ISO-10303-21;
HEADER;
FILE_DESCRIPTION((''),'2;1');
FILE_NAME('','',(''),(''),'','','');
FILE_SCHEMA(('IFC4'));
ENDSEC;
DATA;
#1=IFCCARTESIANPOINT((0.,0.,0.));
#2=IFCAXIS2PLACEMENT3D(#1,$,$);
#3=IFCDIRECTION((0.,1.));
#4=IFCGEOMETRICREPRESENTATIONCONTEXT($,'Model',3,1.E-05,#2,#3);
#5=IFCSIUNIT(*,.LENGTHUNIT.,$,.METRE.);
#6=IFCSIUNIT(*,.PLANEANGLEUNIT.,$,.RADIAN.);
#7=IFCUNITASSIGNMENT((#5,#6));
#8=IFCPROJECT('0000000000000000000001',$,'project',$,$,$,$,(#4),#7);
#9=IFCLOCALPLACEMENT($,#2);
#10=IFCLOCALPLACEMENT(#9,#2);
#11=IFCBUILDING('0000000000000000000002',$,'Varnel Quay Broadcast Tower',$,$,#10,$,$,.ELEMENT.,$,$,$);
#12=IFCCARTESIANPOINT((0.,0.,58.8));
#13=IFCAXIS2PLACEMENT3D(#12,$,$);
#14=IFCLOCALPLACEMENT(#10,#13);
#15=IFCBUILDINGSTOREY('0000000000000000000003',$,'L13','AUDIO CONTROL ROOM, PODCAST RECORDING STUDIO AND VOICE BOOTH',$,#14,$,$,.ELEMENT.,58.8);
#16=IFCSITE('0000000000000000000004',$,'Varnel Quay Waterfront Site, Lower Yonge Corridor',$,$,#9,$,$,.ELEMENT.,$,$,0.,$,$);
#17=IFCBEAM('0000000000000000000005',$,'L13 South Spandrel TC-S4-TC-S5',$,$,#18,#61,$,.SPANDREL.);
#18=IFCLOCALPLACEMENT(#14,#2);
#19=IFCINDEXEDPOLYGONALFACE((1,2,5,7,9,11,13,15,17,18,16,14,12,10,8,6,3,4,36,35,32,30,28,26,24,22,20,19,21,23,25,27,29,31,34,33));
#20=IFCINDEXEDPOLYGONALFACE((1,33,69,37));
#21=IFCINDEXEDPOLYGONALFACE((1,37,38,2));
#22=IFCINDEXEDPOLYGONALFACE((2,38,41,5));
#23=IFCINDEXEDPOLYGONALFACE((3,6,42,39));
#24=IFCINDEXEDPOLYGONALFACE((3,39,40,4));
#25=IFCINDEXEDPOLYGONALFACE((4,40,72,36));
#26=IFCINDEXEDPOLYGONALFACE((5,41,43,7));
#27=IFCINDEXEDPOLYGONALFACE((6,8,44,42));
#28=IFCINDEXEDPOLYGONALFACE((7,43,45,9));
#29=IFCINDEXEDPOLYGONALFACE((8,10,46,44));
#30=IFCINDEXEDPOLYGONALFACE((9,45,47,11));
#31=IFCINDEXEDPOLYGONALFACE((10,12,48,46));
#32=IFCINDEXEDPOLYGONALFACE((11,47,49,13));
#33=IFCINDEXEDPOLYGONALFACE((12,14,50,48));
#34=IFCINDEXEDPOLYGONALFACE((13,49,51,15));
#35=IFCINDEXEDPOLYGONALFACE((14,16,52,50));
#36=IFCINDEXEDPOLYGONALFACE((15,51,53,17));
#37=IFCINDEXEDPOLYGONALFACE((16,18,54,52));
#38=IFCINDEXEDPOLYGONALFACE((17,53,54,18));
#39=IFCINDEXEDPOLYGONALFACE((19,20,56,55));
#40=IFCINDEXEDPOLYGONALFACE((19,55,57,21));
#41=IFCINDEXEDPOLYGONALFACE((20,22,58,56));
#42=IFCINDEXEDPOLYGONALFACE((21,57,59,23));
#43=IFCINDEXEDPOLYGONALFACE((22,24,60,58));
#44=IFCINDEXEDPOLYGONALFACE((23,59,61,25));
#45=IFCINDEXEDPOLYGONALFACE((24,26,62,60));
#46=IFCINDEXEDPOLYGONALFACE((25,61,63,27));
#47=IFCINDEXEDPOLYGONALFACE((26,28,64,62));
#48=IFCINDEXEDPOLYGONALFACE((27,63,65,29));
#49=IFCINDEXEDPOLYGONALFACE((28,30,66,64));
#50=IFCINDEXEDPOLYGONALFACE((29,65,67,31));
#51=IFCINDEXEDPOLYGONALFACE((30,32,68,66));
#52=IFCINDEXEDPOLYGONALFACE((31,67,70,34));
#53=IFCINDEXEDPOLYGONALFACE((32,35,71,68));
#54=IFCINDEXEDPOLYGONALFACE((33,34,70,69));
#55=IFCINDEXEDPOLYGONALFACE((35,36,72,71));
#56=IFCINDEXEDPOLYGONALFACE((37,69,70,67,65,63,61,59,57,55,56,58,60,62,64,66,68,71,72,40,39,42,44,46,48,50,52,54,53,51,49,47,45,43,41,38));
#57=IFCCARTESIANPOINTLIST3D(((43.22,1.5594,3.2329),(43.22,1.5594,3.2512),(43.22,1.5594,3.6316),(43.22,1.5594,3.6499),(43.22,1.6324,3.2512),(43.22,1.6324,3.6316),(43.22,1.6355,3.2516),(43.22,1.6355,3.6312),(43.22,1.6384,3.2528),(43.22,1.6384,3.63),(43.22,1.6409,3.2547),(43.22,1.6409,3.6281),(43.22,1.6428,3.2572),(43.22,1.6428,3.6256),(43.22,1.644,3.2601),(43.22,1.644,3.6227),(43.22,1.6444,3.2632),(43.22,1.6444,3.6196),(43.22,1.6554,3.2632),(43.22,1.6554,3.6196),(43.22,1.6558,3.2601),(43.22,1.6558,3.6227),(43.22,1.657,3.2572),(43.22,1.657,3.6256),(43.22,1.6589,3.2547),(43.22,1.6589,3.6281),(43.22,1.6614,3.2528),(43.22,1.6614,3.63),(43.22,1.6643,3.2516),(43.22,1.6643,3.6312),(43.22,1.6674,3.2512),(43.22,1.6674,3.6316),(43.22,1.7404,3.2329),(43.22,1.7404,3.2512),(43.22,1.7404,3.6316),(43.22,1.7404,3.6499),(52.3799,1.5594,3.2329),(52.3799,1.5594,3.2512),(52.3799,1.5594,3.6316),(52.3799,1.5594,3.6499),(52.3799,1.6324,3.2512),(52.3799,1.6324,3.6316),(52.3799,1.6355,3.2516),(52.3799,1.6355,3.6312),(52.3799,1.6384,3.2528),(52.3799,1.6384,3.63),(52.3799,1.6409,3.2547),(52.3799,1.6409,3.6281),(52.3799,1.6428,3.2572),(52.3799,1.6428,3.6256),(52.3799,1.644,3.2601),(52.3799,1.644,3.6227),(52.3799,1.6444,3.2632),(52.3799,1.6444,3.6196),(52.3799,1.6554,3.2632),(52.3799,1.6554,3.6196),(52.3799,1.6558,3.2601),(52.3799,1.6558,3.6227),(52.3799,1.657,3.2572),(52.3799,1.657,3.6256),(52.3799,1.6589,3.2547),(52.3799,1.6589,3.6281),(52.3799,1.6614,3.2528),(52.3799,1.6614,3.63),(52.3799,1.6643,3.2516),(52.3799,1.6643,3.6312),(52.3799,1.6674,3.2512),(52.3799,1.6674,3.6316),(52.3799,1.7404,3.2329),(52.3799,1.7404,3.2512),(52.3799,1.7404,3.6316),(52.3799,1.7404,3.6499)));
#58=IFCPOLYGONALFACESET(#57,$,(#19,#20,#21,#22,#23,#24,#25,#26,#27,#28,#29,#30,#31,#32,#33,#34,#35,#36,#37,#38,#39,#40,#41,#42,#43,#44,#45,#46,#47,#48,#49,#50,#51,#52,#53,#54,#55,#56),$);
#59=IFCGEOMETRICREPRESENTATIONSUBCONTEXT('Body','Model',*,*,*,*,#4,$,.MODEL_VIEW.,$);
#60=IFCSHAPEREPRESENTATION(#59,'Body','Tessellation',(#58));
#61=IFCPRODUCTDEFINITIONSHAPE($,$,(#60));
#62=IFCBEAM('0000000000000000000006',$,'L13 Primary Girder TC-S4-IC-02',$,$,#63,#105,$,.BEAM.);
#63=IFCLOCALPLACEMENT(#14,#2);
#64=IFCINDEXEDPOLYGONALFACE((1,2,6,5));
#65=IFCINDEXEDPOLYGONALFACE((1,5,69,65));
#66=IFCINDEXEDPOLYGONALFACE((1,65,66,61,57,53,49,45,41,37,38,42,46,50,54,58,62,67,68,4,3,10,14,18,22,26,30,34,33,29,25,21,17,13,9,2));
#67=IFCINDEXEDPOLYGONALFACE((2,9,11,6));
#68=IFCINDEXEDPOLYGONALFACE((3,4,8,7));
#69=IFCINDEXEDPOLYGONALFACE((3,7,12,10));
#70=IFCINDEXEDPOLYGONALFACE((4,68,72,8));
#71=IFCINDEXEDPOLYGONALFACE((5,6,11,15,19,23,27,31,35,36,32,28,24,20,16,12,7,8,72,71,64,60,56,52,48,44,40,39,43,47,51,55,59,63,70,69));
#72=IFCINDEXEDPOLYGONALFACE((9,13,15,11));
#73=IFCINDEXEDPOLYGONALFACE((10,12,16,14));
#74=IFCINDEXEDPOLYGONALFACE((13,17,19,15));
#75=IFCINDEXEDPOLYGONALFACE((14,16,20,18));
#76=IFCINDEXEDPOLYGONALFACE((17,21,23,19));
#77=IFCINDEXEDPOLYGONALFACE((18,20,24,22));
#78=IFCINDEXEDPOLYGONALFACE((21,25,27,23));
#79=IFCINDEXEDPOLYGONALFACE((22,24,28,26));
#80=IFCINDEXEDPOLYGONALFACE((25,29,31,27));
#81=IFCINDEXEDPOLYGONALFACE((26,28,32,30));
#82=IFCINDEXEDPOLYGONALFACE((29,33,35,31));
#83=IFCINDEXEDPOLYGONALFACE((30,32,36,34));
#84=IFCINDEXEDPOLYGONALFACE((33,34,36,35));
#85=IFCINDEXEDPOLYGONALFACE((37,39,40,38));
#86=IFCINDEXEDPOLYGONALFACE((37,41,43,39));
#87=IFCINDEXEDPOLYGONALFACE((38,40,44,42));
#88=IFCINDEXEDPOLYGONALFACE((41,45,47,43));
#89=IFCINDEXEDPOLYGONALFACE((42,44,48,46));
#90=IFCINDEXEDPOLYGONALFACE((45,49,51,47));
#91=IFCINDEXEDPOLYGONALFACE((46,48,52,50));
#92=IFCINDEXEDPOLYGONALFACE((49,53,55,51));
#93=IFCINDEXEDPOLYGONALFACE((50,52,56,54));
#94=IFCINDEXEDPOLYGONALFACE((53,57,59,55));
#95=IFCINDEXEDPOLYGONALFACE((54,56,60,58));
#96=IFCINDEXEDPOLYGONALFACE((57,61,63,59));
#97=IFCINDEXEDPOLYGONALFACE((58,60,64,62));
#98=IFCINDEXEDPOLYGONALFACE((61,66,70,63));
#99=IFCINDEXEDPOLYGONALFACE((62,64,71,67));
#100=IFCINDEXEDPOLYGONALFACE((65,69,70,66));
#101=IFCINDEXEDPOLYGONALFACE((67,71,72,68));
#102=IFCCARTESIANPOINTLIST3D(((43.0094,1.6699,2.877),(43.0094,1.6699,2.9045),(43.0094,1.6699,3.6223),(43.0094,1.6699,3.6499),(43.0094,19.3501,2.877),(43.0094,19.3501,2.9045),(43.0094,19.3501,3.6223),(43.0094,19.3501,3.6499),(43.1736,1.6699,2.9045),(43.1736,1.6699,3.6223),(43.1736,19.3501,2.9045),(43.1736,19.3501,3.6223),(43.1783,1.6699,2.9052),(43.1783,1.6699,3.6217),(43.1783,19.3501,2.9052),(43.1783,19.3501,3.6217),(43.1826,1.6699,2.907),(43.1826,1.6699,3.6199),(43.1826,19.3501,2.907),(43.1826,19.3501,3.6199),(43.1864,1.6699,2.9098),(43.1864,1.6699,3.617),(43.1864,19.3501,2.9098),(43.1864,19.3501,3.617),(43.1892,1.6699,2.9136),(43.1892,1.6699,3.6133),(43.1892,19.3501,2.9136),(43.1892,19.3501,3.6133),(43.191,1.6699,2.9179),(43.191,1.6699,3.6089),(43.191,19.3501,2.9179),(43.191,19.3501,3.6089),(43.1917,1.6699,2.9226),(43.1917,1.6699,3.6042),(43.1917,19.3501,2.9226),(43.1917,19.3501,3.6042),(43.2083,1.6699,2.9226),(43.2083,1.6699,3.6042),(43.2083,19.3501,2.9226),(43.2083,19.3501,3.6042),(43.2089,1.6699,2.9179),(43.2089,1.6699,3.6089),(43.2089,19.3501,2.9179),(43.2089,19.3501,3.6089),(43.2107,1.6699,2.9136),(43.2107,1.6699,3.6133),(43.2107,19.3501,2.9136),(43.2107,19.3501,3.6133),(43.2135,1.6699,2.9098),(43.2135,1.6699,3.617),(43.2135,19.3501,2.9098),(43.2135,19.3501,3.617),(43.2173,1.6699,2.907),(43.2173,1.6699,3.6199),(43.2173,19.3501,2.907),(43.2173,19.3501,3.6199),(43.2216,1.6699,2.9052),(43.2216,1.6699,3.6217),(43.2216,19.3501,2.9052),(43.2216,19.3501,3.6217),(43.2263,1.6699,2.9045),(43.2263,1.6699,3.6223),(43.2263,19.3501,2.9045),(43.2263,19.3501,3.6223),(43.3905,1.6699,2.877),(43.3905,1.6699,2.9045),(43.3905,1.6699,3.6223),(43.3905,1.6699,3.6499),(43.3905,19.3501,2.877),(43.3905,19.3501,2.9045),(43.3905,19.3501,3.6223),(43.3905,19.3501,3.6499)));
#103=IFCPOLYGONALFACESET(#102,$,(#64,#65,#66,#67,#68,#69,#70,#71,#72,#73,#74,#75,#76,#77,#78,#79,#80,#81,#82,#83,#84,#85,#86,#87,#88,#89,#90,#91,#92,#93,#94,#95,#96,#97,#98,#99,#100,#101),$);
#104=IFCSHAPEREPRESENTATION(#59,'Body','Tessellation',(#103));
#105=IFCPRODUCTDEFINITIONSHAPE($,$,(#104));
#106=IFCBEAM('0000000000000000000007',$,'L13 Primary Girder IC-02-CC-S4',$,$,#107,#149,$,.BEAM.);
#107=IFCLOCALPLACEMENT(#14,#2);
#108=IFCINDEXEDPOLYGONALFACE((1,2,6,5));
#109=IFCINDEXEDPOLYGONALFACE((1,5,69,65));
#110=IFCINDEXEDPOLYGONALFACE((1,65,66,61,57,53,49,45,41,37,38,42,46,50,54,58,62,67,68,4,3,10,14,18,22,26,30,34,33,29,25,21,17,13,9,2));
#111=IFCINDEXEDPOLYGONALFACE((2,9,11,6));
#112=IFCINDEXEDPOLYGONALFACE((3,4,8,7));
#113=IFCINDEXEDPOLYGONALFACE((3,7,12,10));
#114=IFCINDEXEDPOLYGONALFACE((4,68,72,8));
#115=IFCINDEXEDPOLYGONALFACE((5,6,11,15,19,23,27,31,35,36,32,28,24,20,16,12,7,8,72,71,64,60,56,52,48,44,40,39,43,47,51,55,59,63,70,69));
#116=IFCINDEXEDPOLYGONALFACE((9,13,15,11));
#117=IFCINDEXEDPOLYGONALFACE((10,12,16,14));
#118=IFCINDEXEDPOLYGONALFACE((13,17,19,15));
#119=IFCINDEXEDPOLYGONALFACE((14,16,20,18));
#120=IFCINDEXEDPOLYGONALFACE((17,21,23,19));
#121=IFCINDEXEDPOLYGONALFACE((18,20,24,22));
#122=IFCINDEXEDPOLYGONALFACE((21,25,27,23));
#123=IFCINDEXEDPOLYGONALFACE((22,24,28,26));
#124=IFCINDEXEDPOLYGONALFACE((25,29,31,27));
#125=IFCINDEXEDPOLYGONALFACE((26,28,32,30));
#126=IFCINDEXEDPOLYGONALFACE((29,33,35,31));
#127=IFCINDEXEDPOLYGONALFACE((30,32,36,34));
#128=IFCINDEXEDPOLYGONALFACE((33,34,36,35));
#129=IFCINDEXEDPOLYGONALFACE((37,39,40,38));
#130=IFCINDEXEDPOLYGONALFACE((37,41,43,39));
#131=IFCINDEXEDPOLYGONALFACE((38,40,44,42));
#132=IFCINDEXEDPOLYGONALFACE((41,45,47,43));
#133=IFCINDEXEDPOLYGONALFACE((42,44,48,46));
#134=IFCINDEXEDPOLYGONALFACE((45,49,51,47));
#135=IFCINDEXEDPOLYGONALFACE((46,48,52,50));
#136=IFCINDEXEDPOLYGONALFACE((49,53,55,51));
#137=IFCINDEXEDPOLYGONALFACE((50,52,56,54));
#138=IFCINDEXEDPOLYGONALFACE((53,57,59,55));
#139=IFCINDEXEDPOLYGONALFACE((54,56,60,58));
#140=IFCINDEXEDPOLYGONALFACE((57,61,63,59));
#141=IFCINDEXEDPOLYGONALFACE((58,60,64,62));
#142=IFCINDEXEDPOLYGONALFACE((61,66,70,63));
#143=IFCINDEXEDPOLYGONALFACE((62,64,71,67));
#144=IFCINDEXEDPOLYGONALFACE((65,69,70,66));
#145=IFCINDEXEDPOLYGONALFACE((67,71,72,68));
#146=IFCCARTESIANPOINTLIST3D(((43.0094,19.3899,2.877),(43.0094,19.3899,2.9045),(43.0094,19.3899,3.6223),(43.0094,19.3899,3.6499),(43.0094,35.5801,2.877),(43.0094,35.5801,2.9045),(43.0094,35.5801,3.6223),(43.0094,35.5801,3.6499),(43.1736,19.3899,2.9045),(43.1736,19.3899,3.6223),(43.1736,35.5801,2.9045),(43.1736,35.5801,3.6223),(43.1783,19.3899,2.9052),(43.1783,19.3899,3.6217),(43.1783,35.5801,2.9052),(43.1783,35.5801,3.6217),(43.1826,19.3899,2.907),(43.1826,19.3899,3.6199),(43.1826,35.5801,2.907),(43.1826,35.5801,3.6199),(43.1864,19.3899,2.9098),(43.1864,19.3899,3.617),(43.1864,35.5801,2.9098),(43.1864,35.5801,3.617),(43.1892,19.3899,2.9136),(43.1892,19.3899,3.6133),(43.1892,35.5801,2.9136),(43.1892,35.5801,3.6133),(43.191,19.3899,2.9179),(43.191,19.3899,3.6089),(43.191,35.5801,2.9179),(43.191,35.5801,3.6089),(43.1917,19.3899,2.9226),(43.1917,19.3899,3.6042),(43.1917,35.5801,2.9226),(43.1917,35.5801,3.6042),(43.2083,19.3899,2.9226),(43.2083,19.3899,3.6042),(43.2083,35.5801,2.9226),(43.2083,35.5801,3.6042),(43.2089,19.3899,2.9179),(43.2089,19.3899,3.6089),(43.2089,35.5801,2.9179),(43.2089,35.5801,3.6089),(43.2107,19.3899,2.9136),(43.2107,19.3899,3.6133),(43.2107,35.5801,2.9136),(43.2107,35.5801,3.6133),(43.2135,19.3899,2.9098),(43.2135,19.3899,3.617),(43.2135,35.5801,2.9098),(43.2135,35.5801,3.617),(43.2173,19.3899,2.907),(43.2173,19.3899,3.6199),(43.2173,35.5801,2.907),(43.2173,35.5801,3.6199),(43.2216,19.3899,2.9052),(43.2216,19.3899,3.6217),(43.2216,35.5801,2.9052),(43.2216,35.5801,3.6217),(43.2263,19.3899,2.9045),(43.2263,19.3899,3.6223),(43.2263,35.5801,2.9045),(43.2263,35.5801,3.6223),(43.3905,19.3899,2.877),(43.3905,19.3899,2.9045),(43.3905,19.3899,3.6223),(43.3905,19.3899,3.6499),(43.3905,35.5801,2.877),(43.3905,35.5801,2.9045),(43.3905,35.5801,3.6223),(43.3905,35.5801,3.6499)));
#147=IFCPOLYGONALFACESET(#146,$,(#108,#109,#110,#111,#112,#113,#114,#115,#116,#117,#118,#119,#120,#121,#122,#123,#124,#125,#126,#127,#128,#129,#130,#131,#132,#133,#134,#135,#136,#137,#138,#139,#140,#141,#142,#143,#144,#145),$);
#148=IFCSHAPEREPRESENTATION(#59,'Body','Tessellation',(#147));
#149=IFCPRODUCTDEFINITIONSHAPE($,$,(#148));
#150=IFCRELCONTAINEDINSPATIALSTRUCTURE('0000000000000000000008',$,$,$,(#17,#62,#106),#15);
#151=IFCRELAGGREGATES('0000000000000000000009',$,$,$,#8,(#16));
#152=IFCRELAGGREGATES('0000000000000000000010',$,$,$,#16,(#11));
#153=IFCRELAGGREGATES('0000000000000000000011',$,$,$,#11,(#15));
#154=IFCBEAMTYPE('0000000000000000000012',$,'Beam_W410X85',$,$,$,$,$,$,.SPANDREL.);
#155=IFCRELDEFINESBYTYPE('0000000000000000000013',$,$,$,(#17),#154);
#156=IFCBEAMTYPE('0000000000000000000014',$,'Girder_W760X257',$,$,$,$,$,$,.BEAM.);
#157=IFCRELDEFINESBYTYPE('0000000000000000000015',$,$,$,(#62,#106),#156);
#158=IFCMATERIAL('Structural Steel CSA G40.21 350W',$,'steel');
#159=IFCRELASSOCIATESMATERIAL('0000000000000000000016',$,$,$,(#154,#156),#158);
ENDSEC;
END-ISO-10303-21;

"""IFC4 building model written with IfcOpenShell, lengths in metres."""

from ifc_helpers import new_model, si_unit, direction, frame, origin, origin_2d, place, context, subcontext, project, spatial, i_section, extrude, source, transform, mapped, material, material_profile, profile_set, type_object, type_shapes, element, save


model = new_model("IFC4")

# Units and contexts
model_context = context("Model", 3, precision=1e-05, world=origin(), true_north=direction((0.0, 1.0)))
body_context = subcontext(model_context, "Body", "Model", "MODEL_VIEW")
ifc_project = project(units=[si_unit("LENGTHUNIT", "METRE"), si_unit("PLANEANGLEUNIT", "RADIAN")], contexts=[model_context])

# Site, building, storey
site_placement = place(None, origin())
site = spatial("IfcSite", under=ifc_project, at=site_placement, Name="Varnel Quay Waterfront Site, Lower Yonge Corridor", CompositionType="ELEMENT", RefElevation=0.0)
building_placement = place(site_placement, origin())
building = spatial("IfcBuilding", under=site, at=building_placement, Name="Varnel Quay Broadcast Tower", CompositionType="ELEMENT")
storey_placement = place(building_placement, frame((0.0, 0.0, 58.8)))
storey = spatial("IfcBuildingStorey", under=building, at=storey_placement, Name="L13", Description="AUDIO CONTROL ROOM, PODCAST RECORDING STUDIO AND VOICE BOOTH", CompositionType="ELEMENT", Elevation=58.8)

# Shared definitions
ifc_material_1 = material(Name="Structural Steel CSA G40.21 350W", Category="steel")

# Beams
ifc_material_profile_1 = material_profile(ifc_material_1, i_section(OverallWidth=0.1809, OverallDepth=0.417, WebThickness=0.011, FlangeThickness=0.0183, FilletRadius=0.012, at=origin_2d()), Name="W410X85")
ifc_profile_set_1 = profile_set([ifc_material_profile_1], Name="Structural Steel CSA G40.21 350W")
beam_type_1 = type_object("IfcBeamType", Name="Beam_W410X85", PredefinedType="SPANDREL", material=ifc_profile_set_1)
shared_shape_1 = source(origin(), body_context, "Body", "SweptSolid", [
    extrude(i_section(OverallWidth=0.1809, OverallDepth=0.417, WebThickness=0.011, FlangeThickness=0.0183, FilletRadius=0.012, at=origin_2d()), origin(), (0.0, 0.0, 1.0), 9.1599),
])
type_shapes(beam_type_1, [shared_shape_1])
for number, where, z_axis, x_axis, name in (
    (1, (43.22, 1.6499, 3.4414), (1.0, 0.0, 0.0), (0.0, 1.0, 0.0), "L13 South Spandrel TC-S4-TC-S5"),
):
    element("IfcBeam", number, at=place(storey_placement, frame(where, z_axis=z_axis, x_axis=x_axis)), inside=storey, type_object=beam_type_1, Name=name, PredefinedType="SPANDREL", context=body_context, shape_type="MappedRepresentation", body=[
        mapped(shared_shape_1, transform((0.0, 0.0, 0.0), x_axis=(1.0, 0.0, 0.0), y_axis=(0.0, 1.0, 0.0), z_axis=(0.0, 0.0, 1.0), scale=1.0)),
    ])
ifc_material_profile_2 = material_profile(ifc_material_1, i_section(OverallWidth=0.3811, OverallDepth=0.7729, WebThickness=0.0166, FlangeThickness=0.0276, FilletRadius=0.0181, at=origin_2d()), Name="W760X257")
ifc_profile_set_2 = profile_set([ifc_material_profile_2], Name="Structural Steel CSA G40.21 350W")
beam_type_2 = type_object("IfcBeamType", Name="Girder_W760X257", PredefinedType="BEAM", material=ifc_profile_set_2)
shared_shape_2 = source(origin(), body_context, "Body", "SweptSolid", [
    extrude(i_section(OverallWidth=0.3811, OverallDepth=0.7729, WebThickness=0.0166, FlangeThickness=0.0276, FilletRadius=0.0181, at=origin_2d()), origin(), (0.0, 0.0, 1.0), 17.6802),
])
beam_1_placement = place(storey_placement, frame((43.2, 1.6699, 3.2634), z_axis=(0.0, 1.0, 0.0), x_axis=(-1.0, 0.0, 0.0)))
element("IfcBeam", 2, at=beam_1_placement, inside=storey, type_object=beam_type_2, Name="L13 Primary Girder TC-S4-IC-02", PredefinedType="BEAM", context=body_context, shape_type="MappedRepresentation", body=[
    mapped(shared_shape_2, transform((0.0, 0.0, 0.0), x_axis=(1.0, 0.0, 0.0), y_axis=(0.0, 1.0, 0.0), z_axis=(0.0, 0.0, 1.0), scale=1.0)),
])
shared_shape_3 = source(origin(), body_context, "Body", "SweptSolid", [
    extrude(i_section(OverallWidth=0.3811, OverallDepth=0.7729, WebThickness=0.0166, FlangeThickness=0.0276, FilletRadius=0.0181, at=origin_2d()), origin(), (0.0, 0.0, 1.0), 16.1902),
])
beam_2_placement = place(storey_placement, frame((43.2, 19.3899, 3.2634), z_axis=(0.0, 1.0, 0.0), x_axis=(-1.0, 0.0, 0.0)))
element("IfcBeam", 3, at=beam_2_placement, inside=storey, type_object=beam_type_2, Name="L13 Primary Girder IC-02-CC-S4", PredefinedType="BEAM", context=body_context, shape_type="MappedRepresentation", body=[
    mapped(shared_shape_3, transform((0.0, 0.0, 0.0), x_axis=(1.0, 0.0, 0.0), y_axis=(0.0, 1.0, 0.0), z_axis=(0.0, 0.0, 1.0), scale=1.0)),
])

save(model, "model.ifc")
